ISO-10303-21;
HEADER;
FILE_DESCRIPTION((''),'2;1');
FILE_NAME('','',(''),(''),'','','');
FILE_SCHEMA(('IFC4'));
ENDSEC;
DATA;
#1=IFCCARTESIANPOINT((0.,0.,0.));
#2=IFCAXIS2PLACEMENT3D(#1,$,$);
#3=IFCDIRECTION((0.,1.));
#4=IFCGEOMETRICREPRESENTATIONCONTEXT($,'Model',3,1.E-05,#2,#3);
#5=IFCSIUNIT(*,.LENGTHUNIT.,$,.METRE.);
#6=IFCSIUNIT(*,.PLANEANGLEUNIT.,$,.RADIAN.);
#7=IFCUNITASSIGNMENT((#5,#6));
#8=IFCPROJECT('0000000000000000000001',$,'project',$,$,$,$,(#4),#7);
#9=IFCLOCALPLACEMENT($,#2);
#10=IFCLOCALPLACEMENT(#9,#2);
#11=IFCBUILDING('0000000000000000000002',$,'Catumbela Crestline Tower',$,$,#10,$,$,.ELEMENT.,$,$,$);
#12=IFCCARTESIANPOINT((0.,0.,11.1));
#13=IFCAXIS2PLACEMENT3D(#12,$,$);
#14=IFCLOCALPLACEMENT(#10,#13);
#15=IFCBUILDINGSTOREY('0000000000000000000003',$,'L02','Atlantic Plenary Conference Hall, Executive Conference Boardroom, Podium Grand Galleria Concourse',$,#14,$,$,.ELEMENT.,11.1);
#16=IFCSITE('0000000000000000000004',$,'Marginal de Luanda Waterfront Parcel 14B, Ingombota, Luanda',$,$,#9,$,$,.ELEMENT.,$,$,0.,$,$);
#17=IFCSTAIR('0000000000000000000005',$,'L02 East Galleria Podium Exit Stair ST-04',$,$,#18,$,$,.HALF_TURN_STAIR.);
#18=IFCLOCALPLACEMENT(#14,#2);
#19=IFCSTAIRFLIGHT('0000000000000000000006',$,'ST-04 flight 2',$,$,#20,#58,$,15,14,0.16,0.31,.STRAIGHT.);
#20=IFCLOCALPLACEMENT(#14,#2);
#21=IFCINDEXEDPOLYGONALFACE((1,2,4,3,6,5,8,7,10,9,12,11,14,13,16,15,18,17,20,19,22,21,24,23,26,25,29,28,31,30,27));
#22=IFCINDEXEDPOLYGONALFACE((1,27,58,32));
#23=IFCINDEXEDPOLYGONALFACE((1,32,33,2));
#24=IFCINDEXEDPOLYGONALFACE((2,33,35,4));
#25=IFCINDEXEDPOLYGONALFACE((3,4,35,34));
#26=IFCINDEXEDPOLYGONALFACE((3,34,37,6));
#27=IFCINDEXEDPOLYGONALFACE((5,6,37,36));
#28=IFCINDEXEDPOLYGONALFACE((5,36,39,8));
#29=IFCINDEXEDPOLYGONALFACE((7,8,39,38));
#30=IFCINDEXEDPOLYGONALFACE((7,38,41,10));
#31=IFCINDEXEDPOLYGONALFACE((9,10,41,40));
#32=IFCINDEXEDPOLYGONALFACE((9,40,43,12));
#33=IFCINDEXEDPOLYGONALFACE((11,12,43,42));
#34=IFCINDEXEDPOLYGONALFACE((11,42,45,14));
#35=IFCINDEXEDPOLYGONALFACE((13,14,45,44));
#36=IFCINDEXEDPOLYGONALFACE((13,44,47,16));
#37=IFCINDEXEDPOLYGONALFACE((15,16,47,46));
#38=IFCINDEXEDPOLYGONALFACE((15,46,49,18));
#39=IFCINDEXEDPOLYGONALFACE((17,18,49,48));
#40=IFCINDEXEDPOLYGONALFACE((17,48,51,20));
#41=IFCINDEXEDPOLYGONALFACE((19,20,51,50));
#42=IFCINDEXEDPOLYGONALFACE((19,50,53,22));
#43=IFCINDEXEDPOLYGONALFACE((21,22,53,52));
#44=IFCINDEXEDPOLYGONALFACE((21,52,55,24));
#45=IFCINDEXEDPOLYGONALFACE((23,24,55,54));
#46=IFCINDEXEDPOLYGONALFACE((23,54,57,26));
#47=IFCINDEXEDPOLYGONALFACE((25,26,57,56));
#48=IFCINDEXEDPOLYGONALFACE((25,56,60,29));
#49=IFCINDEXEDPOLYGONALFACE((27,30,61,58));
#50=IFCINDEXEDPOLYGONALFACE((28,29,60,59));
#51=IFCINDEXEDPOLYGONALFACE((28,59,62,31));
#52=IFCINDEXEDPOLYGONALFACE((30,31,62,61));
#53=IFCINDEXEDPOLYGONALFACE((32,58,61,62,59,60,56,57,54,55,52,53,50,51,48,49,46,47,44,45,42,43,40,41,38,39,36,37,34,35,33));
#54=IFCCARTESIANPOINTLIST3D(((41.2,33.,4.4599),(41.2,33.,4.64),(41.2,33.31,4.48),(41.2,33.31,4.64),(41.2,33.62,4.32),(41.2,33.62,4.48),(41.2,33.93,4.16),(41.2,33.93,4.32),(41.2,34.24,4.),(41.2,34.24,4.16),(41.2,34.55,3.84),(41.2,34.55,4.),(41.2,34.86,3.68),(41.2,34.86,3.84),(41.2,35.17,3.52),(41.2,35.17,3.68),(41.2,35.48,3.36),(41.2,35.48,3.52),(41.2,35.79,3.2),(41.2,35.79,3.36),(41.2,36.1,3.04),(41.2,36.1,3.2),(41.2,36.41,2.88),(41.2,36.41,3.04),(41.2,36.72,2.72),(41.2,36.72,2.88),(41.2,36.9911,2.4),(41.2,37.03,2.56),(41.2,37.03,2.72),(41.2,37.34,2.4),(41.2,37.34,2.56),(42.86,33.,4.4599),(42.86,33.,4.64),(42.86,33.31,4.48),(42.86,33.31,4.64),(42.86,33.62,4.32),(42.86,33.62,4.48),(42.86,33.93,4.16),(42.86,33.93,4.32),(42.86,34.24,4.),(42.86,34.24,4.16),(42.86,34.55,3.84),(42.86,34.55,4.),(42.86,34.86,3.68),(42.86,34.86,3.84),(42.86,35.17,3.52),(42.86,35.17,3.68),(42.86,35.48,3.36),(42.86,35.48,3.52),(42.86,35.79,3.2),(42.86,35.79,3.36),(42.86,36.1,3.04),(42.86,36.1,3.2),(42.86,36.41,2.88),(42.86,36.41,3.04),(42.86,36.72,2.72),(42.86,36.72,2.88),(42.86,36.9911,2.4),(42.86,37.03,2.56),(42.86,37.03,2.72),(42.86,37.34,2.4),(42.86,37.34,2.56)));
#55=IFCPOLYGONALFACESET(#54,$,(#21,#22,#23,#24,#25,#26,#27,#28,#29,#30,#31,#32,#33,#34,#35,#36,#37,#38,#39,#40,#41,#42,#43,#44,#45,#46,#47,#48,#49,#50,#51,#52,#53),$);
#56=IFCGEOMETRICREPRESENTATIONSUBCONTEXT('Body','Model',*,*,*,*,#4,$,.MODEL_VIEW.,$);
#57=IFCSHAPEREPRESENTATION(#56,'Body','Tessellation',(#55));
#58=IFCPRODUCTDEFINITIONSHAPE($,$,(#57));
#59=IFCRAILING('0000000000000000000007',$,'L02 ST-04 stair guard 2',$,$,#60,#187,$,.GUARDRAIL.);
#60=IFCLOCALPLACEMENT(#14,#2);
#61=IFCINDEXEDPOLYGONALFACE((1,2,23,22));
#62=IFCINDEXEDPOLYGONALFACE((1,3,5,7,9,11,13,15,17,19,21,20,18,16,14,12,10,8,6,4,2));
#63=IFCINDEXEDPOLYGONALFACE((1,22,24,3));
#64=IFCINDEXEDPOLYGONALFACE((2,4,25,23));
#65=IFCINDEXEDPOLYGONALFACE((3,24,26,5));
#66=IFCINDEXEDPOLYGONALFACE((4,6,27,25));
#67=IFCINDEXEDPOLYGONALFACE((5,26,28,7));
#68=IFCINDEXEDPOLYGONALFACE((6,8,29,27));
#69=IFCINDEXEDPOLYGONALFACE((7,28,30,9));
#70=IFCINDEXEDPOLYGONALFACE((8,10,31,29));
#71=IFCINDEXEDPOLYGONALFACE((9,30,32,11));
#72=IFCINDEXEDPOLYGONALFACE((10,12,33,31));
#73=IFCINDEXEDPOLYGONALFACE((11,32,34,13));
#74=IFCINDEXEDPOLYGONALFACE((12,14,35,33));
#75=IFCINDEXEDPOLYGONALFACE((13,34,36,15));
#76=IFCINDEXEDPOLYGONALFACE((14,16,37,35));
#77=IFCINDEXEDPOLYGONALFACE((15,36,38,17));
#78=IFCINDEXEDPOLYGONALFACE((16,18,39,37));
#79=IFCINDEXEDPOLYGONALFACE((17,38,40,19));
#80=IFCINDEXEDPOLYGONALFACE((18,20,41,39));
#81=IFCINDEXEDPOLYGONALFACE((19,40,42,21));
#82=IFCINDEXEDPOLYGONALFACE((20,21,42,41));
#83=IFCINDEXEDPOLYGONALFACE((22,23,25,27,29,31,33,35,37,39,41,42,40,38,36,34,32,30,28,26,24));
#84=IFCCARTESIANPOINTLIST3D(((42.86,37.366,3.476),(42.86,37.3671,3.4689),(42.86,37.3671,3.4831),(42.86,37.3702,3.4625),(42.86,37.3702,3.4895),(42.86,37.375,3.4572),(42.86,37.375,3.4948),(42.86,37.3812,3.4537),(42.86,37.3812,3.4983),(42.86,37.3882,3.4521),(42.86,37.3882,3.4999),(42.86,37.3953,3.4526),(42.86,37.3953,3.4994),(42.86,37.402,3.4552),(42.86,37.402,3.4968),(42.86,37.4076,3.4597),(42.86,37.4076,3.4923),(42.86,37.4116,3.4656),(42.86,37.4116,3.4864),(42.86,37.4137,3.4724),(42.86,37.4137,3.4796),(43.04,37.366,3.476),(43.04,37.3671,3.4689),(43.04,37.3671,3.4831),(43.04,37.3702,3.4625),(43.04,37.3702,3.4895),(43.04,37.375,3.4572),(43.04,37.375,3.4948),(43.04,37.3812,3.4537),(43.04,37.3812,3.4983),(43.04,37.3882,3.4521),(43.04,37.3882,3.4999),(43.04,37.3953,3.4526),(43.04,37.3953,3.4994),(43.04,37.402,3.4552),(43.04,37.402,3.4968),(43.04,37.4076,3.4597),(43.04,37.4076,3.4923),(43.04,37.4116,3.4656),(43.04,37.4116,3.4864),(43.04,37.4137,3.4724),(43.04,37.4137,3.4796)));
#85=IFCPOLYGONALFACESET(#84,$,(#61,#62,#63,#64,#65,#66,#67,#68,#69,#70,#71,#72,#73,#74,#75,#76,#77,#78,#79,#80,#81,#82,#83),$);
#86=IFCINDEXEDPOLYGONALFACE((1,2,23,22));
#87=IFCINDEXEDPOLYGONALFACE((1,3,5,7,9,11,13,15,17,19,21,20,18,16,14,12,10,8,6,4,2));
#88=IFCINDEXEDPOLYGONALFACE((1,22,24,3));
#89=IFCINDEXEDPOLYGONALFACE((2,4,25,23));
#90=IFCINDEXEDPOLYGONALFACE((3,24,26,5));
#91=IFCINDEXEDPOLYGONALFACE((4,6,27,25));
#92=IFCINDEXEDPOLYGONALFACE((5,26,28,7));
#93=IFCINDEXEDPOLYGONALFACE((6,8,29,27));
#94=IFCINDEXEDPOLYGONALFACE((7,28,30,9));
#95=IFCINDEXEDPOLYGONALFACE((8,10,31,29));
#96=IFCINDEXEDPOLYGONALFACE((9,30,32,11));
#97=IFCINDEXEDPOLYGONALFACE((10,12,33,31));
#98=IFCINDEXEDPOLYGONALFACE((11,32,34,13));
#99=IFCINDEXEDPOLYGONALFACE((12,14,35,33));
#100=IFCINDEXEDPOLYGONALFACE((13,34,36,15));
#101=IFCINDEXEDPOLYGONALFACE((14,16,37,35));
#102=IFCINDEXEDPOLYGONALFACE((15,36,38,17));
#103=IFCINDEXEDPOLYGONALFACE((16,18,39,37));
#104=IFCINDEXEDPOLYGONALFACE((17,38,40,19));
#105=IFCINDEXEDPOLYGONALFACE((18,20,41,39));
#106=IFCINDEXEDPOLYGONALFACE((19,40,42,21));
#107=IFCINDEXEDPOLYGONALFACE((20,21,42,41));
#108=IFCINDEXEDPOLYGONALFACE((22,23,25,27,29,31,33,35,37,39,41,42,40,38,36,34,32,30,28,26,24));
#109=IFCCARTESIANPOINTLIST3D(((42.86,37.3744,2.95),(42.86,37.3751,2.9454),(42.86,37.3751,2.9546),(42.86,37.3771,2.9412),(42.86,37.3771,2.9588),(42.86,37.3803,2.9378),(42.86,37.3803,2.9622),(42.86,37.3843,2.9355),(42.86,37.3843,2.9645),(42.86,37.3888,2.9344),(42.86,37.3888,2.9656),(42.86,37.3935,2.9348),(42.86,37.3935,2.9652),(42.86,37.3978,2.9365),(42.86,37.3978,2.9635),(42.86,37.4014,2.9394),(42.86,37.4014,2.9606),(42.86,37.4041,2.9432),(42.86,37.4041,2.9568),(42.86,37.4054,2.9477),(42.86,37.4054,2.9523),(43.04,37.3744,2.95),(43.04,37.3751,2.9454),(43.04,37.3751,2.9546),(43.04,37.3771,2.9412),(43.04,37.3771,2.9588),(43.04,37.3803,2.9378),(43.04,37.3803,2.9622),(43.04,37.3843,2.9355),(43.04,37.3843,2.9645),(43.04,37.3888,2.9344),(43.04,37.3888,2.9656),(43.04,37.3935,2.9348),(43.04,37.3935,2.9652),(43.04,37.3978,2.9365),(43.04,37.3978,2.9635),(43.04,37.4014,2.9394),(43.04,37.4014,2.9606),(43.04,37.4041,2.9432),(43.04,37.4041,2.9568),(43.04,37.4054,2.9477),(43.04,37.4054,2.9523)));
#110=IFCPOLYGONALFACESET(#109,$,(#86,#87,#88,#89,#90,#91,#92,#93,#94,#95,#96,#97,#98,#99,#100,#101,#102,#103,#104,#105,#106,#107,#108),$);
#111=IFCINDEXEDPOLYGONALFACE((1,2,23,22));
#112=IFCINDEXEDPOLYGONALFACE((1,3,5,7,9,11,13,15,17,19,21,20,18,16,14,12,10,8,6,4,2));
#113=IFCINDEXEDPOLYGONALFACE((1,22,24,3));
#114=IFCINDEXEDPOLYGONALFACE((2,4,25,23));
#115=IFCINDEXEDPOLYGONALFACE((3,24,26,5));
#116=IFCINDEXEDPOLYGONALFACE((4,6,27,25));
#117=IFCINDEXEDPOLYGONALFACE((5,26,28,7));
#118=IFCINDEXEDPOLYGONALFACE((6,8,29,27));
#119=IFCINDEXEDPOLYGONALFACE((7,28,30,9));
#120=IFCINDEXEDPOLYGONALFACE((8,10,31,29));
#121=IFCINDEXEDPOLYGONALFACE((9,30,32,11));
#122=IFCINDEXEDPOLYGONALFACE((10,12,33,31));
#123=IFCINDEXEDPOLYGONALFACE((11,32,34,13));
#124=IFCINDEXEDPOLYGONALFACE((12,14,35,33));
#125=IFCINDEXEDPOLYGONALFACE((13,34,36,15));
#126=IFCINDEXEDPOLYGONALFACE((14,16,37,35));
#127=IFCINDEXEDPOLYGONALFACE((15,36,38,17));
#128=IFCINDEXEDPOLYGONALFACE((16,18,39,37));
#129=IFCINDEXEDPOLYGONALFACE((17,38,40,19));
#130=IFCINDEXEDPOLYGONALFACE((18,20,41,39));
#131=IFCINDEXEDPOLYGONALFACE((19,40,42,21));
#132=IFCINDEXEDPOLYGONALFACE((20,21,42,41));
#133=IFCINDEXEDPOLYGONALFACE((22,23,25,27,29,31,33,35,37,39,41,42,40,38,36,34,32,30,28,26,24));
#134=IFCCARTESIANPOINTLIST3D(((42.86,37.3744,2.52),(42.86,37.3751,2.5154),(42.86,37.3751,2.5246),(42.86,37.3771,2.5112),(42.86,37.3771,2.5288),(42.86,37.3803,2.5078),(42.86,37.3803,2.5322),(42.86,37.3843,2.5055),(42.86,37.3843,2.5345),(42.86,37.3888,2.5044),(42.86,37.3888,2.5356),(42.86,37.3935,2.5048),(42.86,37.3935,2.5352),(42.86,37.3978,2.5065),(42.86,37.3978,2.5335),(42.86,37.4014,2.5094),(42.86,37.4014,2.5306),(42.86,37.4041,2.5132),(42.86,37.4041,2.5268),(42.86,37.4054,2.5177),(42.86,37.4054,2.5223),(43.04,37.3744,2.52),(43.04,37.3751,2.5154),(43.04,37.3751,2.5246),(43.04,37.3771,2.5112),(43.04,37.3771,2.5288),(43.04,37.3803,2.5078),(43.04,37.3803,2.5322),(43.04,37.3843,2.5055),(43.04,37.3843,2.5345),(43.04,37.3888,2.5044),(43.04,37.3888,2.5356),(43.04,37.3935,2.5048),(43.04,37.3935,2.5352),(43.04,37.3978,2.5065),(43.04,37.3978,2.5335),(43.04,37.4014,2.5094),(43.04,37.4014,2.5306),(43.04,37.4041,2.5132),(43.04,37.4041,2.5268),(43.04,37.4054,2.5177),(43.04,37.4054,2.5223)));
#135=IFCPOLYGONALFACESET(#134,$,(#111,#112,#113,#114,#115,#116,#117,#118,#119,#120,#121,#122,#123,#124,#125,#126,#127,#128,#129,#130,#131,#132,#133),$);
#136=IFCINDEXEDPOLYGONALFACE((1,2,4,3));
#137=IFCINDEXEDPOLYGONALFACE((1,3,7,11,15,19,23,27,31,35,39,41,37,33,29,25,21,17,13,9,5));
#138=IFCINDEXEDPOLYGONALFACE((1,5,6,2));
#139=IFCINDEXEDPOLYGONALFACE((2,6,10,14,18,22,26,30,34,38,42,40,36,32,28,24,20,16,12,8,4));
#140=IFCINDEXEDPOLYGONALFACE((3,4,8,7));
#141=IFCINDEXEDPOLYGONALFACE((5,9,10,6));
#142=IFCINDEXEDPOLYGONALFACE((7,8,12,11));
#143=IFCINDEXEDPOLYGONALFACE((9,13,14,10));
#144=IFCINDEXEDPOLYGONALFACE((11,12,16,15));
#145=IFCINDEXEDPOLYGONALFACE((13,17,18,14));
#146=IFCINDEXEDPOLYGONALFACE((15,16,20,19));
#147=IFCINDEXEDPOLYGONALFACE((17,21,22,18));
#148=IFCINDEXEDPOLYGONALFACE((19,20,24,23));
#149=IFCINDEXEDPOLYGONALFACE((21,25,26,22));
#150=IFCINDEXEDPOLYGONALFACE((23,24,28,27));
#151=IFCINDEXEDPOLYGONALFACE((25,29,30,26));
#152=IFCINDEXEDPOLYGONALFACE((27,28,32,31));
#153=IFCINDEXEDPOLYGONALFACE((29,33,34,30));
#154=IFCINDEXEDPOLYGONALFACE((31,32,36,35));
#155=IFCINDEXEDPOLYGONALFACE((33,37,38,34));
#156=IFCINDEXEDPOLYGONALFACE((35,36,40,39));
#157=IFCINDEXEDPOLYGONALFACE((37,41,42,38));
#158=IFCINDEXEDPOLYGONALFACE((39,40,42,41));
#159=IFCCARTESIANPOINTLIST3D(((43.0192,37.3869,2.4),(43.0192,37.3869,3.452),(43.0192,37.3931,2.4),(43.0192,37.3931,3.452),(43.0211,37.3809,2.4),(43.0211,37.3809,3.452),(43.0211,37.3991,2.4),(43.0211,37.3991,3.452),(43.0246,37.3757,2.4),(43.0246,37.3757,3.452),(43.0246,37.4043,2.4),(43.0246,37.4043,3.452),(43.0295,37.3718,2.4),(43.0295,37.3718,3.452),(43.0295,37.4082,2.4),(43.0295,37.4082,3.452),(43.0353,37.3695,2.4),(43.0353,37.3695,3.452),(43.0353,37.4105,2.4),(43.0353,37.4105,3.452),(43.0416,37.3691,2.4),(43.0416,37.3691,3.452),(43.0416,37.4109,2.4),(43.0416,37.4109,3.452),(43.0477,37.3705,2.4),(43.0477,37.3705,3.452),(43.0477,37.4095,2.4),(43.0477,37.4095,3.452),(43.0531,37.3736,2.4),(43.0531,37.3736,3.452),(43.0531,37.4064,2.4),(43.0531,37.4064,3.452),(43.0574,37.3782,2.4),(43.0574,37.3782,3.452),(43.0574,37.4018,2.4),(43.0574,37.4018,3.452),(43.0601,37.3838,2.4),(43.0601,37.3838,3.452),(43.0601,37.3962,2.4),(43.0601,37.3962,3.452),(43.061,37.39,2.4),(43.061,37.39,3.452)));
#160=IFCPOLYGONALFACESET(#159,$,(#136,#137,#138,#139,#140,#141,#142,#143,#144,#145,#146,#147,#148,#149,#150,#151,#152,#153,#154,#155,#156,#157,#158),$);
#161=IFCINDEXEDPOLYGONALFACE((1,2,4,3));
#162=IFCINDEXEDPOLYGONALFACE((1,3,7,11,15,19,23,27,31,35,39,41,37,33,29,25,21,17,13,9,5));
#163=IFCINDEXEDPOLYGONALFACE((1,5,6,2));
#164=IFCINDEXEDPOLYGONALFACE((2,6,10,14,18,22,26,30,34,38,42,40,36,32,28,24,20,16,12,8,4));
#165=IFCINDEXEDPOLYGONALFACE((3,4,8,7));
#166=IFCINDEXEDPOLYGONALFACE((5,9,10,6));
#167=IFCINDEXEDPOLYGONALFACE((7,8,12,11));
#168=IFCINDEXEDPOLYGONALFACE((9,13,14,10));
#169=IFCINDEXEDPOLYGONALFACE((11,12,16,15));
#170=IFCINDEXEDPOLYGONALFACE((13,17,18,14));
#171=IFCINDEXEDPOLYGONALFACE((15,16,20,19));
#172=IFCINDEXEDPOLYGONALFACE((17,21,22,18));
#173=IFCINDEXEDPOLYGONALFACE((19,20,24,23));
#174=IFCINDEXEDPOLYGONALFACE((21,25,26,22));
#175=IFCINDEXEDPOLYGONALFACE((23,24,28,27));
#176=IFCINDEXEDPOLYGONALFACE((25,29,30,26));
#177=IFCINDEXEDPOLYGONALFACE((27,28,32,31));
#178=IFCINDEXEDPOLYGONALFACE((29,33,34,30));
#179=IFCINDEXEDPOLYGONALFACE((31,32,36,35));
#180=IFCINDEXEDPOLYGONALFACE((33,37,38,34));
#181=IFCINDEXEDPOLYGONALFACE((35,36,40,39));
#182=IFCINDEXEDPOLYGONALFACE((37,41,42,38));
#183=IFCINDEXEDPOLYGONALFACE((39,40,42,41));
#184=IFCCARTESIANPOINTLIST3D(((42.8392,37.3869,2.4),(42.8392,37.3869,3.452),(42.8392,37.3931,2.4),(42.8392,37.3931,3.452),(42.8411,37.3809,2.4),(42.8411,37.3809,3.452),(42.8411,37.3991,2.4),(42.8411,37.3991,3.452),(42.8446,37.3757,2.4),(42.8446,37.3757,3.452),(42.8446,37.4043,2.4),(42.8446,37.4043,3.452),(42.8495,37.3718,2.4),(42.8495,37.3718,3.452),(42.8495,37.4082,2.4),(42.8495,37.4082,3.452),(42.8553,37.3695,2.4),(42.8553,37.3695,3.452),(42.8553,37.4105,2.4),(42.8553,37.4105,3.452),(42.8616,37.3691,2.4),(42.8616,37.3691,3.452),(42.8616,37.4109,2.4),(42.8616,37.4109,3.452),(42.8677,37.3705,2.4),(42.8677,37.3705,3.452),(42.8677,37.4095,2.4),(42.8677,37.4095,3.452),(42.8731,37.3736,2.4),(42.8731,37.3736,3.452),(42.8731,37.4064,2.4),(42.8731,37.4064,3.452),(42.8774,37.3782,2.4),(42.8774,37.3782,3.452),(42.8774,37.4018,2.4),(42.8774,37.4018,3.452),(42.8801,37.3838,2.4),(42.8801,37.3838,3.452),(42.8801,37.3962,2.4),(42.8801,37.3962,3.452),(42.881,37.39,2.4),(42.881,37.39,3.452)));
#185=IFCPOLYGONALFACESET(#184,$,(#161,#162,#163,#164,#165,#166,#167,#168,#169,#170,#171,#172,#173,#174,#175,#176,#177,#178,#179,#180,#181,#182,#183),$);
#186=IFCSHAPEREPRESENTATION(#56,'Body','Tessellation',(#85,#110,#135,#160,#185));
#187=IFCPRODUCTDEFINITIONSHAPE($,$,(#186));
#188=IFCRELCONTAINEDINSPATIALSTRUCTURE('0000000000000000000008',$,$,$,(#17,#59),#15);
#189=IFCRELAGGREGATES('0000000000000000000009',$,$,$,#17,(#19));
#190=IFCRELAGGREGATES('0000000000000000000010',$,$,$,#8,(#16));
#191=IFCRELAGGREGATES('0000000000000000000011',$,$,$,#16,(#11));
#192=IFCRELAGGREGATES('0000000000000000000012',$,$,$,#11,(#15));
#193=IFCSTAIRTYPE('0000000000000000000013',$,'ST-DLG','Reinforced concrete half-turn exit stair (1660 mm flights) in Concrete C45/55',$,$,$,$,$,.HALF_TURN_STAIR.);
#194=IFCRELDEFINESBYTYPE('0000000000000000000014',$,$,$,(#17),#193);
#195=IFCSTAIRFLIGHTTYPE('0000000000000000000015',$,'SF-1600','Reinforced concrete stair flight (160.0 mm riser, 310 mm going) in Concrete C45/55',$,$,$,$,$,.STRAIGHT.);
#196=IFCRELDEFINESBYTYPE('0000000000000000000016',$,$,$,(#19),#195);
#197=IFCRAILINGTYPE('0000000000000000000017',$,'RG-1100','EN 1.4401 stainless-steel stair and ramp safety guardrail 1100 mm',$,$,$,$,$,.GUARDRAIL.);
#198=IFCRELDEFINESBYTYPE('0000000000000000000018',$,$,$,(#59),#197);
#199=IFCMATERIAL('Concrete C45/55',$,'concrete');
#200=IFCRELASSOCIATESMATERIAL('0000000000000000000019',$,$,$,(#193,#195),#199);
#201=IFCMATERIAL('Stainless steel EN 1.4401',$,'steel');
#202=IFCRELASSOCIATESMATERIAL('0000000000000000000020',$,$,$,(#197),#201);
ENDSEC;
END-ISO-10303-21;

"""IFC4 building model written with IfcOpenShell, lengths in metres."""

from ifc_helpers import new_model, si_unit, direction, frame, origin, origin_2d, place, context, subcontext, project, spatial, polyline, circle, outline, extrude, material, type_object, element, aggregate, save


model = new_model("IFC4")

# Units and contexts
model_context = context("Model", 3, precision=1e-05, world=origin(), true_north=direction((0.0, 1.0)))
body_context = subcontext(model_context, "Body", "Model", "MODEL_VIEW")
ifc_project = project(units=[si_unit("LENGTHUNIT", "METRE"), si_unit("PLANEANGLEUNIT", "RADIAN")], contexts=[model_context])

# Site, building, storey
site_placement = place(None, origin())
site = spatial("IfcSite", under=ifc_project, at=site_placement, Name="Marginal de Luanda Waterfront Parcel 14B, Ingombota, Luanda", CompositionType="ELEMENT", RefElevation=0.0)
building_placement = place(site_placement, origin())
building = spatial("IfcBuilding", under=site, at=building_placement, Name="Catumbela Crestline Tower", CompositionType="ELEMENT")
storey_placement = place(building_placement, frame((0.0, 0.0, 11.1)))
storey = spatial("IfcBuildingStorey", under=building, at=storey_placement, Name="L02", Description="Atlantic Plenary Conference Hall, Executive Conference Boardroom, Podium Grand Galleria Concourse", CompositionType="ELEMENT", Elevation=11.1)

# Stair, stair flight
ifc_material_1 = material(Name="Concrete C45/55", Category="concrete")
stair_type = type_object("IfcStairType", Name="ST-DLG", Description="Reinforced concrete half-turn exit stair (1660 mm flights) in Concrete C45/55", PredefinedType="HALF_TURN_STAIR", material=ifc_material_1)
stair_placement = place(storey_placement, origin())
stair = element("IfcStair", 1, at=stair_placement, inside=storey, type_object=stair_type, Name="L02 East Galleria Podium Exit Stair ST-04", PredefinedType="HALF_TURN_STAIR")
stair_flight_type = type_object("IfcStairFlightType", Name="SF-1600", Description="Reinforced concrete stair flight (160.0 mm riser, 310 mm going) in Concrete C45/55", PredefinedType="STRAIGHT", material=ifc_material_1)
stair_flight_1_placement = place(storey_placement, frame((42.03, 37.34, 2.4), z_axis=(0.0, 0.0, 1.0), x_axis=(0.0, -1.0, 0.0)))
stair_flight_1 = element("IfcStairFlight", 2, at=stair_flight_1_placement, type_object=stair_flight_type, Name="ST-04 flight 2", NumberOfRisers=15, NumberOfTreads=14, PredefinedType="STRAIGHT", RiserHeight=0.16, TreadLength=0.31, context=body_context, shape_type="SweptSolid", body=[
    extrude(outline(polyline([(0.0, 0.0), (0.0, 0.16), (0.31, 0.16), (0.31, 0.32), (0.62, 0.32), (0.62, 0.48), (0.93, 0.48), (0.93, 0.64), (1.24, 0.64), (1.24, 0.8), (1.55, 0.8), (1.55, 0.96), (1.86, 0.96), (1.86, 1.12), (2.17, 1.12), (2.17, 1.28), (2.48, 1.28), (2.48, 1.44), (2.79, 1.44), (2.79, 1.6), (3.1, 1.6), (3.1, 1.76), (3.41, 1.76), (3.41, 1.92), (3.72, 1.92), (3.72, 2.08), (4.03, 2.08), (4.03, 2.24), (4.34, 2.24), (4.34, 2.4), (4.34, 2.0599), (0.3489, 0.0), (0.0, 0.0)])), frame((0.0, 0.83, 0.0), z_axis=(0.0, -1.0, 0.0), x_axis=(1.0, 0.0, 0.0)), (0.0, 0.0, 1.0), 1.66),
])
aggregate(stair, [stair_flight_1])

# Railing
ifc_material_2 = material(Name="Stainless steel EN 1.4401", Category="steel")
railing_type_1 = type_object("IfcRailingType", Name="RG-1100", Description="EN 1.4401 stainless-steel stair and ramp safety guardrail 1100 mm", PredefinedType="GUARDRAIL", material=ifc_material_2)
railing_1_placement = place(storey_placement, frame((43.04, 37.39, 2.4)))
element("IfcRailing", 3, at=railing_1_placement, inside=storey, type_object=railing_type_1, Name="L02 ST-04 stair guard 2", PredefinedType="GUARDRAIL", context=body_context, shape_type="SweptSolid", body=[
    extrude(circle(Radius=0.024, at=origin_2d()), frame((0.0, 0.0, 1.076), z_axis=(-1.0, 0.0, 0.0), x_axis=(0.0, -1.0, 0.0)), (0.0, 0.0, 1.0), 0.18),
    extrude(circle(Radius=0.0156, at=origin_2d()), frame((0.0, 0.0, 0.55), z_axis=(-1.0, 0.0, 0.0), x_axis=(0.0, -1.0, 0.0)), (0.0, 0.0, 1.0), 0.18),
    extrude(circle(Radius=0.0156, at=origin_2d()), frame((0.0, 0.0, 0.12), z_axis=(-1.0, 0.0, 0.0), x_axis=(0.0, -1.0, 0.0)), (0.0, 0.0, 1.0), 0.18),
    extrude(circle(Radius=0.021, at=origin_2d()), origin(), (0.0, 0.0, 1.0), 1.052),
    extrude(circle(Radius=0.021, at=origin_2d()), frame((-0.18, 0.0, 0.0)), (0.0, 0.0, 1.0), 1.052),
])

save(model, "model.ifc")
